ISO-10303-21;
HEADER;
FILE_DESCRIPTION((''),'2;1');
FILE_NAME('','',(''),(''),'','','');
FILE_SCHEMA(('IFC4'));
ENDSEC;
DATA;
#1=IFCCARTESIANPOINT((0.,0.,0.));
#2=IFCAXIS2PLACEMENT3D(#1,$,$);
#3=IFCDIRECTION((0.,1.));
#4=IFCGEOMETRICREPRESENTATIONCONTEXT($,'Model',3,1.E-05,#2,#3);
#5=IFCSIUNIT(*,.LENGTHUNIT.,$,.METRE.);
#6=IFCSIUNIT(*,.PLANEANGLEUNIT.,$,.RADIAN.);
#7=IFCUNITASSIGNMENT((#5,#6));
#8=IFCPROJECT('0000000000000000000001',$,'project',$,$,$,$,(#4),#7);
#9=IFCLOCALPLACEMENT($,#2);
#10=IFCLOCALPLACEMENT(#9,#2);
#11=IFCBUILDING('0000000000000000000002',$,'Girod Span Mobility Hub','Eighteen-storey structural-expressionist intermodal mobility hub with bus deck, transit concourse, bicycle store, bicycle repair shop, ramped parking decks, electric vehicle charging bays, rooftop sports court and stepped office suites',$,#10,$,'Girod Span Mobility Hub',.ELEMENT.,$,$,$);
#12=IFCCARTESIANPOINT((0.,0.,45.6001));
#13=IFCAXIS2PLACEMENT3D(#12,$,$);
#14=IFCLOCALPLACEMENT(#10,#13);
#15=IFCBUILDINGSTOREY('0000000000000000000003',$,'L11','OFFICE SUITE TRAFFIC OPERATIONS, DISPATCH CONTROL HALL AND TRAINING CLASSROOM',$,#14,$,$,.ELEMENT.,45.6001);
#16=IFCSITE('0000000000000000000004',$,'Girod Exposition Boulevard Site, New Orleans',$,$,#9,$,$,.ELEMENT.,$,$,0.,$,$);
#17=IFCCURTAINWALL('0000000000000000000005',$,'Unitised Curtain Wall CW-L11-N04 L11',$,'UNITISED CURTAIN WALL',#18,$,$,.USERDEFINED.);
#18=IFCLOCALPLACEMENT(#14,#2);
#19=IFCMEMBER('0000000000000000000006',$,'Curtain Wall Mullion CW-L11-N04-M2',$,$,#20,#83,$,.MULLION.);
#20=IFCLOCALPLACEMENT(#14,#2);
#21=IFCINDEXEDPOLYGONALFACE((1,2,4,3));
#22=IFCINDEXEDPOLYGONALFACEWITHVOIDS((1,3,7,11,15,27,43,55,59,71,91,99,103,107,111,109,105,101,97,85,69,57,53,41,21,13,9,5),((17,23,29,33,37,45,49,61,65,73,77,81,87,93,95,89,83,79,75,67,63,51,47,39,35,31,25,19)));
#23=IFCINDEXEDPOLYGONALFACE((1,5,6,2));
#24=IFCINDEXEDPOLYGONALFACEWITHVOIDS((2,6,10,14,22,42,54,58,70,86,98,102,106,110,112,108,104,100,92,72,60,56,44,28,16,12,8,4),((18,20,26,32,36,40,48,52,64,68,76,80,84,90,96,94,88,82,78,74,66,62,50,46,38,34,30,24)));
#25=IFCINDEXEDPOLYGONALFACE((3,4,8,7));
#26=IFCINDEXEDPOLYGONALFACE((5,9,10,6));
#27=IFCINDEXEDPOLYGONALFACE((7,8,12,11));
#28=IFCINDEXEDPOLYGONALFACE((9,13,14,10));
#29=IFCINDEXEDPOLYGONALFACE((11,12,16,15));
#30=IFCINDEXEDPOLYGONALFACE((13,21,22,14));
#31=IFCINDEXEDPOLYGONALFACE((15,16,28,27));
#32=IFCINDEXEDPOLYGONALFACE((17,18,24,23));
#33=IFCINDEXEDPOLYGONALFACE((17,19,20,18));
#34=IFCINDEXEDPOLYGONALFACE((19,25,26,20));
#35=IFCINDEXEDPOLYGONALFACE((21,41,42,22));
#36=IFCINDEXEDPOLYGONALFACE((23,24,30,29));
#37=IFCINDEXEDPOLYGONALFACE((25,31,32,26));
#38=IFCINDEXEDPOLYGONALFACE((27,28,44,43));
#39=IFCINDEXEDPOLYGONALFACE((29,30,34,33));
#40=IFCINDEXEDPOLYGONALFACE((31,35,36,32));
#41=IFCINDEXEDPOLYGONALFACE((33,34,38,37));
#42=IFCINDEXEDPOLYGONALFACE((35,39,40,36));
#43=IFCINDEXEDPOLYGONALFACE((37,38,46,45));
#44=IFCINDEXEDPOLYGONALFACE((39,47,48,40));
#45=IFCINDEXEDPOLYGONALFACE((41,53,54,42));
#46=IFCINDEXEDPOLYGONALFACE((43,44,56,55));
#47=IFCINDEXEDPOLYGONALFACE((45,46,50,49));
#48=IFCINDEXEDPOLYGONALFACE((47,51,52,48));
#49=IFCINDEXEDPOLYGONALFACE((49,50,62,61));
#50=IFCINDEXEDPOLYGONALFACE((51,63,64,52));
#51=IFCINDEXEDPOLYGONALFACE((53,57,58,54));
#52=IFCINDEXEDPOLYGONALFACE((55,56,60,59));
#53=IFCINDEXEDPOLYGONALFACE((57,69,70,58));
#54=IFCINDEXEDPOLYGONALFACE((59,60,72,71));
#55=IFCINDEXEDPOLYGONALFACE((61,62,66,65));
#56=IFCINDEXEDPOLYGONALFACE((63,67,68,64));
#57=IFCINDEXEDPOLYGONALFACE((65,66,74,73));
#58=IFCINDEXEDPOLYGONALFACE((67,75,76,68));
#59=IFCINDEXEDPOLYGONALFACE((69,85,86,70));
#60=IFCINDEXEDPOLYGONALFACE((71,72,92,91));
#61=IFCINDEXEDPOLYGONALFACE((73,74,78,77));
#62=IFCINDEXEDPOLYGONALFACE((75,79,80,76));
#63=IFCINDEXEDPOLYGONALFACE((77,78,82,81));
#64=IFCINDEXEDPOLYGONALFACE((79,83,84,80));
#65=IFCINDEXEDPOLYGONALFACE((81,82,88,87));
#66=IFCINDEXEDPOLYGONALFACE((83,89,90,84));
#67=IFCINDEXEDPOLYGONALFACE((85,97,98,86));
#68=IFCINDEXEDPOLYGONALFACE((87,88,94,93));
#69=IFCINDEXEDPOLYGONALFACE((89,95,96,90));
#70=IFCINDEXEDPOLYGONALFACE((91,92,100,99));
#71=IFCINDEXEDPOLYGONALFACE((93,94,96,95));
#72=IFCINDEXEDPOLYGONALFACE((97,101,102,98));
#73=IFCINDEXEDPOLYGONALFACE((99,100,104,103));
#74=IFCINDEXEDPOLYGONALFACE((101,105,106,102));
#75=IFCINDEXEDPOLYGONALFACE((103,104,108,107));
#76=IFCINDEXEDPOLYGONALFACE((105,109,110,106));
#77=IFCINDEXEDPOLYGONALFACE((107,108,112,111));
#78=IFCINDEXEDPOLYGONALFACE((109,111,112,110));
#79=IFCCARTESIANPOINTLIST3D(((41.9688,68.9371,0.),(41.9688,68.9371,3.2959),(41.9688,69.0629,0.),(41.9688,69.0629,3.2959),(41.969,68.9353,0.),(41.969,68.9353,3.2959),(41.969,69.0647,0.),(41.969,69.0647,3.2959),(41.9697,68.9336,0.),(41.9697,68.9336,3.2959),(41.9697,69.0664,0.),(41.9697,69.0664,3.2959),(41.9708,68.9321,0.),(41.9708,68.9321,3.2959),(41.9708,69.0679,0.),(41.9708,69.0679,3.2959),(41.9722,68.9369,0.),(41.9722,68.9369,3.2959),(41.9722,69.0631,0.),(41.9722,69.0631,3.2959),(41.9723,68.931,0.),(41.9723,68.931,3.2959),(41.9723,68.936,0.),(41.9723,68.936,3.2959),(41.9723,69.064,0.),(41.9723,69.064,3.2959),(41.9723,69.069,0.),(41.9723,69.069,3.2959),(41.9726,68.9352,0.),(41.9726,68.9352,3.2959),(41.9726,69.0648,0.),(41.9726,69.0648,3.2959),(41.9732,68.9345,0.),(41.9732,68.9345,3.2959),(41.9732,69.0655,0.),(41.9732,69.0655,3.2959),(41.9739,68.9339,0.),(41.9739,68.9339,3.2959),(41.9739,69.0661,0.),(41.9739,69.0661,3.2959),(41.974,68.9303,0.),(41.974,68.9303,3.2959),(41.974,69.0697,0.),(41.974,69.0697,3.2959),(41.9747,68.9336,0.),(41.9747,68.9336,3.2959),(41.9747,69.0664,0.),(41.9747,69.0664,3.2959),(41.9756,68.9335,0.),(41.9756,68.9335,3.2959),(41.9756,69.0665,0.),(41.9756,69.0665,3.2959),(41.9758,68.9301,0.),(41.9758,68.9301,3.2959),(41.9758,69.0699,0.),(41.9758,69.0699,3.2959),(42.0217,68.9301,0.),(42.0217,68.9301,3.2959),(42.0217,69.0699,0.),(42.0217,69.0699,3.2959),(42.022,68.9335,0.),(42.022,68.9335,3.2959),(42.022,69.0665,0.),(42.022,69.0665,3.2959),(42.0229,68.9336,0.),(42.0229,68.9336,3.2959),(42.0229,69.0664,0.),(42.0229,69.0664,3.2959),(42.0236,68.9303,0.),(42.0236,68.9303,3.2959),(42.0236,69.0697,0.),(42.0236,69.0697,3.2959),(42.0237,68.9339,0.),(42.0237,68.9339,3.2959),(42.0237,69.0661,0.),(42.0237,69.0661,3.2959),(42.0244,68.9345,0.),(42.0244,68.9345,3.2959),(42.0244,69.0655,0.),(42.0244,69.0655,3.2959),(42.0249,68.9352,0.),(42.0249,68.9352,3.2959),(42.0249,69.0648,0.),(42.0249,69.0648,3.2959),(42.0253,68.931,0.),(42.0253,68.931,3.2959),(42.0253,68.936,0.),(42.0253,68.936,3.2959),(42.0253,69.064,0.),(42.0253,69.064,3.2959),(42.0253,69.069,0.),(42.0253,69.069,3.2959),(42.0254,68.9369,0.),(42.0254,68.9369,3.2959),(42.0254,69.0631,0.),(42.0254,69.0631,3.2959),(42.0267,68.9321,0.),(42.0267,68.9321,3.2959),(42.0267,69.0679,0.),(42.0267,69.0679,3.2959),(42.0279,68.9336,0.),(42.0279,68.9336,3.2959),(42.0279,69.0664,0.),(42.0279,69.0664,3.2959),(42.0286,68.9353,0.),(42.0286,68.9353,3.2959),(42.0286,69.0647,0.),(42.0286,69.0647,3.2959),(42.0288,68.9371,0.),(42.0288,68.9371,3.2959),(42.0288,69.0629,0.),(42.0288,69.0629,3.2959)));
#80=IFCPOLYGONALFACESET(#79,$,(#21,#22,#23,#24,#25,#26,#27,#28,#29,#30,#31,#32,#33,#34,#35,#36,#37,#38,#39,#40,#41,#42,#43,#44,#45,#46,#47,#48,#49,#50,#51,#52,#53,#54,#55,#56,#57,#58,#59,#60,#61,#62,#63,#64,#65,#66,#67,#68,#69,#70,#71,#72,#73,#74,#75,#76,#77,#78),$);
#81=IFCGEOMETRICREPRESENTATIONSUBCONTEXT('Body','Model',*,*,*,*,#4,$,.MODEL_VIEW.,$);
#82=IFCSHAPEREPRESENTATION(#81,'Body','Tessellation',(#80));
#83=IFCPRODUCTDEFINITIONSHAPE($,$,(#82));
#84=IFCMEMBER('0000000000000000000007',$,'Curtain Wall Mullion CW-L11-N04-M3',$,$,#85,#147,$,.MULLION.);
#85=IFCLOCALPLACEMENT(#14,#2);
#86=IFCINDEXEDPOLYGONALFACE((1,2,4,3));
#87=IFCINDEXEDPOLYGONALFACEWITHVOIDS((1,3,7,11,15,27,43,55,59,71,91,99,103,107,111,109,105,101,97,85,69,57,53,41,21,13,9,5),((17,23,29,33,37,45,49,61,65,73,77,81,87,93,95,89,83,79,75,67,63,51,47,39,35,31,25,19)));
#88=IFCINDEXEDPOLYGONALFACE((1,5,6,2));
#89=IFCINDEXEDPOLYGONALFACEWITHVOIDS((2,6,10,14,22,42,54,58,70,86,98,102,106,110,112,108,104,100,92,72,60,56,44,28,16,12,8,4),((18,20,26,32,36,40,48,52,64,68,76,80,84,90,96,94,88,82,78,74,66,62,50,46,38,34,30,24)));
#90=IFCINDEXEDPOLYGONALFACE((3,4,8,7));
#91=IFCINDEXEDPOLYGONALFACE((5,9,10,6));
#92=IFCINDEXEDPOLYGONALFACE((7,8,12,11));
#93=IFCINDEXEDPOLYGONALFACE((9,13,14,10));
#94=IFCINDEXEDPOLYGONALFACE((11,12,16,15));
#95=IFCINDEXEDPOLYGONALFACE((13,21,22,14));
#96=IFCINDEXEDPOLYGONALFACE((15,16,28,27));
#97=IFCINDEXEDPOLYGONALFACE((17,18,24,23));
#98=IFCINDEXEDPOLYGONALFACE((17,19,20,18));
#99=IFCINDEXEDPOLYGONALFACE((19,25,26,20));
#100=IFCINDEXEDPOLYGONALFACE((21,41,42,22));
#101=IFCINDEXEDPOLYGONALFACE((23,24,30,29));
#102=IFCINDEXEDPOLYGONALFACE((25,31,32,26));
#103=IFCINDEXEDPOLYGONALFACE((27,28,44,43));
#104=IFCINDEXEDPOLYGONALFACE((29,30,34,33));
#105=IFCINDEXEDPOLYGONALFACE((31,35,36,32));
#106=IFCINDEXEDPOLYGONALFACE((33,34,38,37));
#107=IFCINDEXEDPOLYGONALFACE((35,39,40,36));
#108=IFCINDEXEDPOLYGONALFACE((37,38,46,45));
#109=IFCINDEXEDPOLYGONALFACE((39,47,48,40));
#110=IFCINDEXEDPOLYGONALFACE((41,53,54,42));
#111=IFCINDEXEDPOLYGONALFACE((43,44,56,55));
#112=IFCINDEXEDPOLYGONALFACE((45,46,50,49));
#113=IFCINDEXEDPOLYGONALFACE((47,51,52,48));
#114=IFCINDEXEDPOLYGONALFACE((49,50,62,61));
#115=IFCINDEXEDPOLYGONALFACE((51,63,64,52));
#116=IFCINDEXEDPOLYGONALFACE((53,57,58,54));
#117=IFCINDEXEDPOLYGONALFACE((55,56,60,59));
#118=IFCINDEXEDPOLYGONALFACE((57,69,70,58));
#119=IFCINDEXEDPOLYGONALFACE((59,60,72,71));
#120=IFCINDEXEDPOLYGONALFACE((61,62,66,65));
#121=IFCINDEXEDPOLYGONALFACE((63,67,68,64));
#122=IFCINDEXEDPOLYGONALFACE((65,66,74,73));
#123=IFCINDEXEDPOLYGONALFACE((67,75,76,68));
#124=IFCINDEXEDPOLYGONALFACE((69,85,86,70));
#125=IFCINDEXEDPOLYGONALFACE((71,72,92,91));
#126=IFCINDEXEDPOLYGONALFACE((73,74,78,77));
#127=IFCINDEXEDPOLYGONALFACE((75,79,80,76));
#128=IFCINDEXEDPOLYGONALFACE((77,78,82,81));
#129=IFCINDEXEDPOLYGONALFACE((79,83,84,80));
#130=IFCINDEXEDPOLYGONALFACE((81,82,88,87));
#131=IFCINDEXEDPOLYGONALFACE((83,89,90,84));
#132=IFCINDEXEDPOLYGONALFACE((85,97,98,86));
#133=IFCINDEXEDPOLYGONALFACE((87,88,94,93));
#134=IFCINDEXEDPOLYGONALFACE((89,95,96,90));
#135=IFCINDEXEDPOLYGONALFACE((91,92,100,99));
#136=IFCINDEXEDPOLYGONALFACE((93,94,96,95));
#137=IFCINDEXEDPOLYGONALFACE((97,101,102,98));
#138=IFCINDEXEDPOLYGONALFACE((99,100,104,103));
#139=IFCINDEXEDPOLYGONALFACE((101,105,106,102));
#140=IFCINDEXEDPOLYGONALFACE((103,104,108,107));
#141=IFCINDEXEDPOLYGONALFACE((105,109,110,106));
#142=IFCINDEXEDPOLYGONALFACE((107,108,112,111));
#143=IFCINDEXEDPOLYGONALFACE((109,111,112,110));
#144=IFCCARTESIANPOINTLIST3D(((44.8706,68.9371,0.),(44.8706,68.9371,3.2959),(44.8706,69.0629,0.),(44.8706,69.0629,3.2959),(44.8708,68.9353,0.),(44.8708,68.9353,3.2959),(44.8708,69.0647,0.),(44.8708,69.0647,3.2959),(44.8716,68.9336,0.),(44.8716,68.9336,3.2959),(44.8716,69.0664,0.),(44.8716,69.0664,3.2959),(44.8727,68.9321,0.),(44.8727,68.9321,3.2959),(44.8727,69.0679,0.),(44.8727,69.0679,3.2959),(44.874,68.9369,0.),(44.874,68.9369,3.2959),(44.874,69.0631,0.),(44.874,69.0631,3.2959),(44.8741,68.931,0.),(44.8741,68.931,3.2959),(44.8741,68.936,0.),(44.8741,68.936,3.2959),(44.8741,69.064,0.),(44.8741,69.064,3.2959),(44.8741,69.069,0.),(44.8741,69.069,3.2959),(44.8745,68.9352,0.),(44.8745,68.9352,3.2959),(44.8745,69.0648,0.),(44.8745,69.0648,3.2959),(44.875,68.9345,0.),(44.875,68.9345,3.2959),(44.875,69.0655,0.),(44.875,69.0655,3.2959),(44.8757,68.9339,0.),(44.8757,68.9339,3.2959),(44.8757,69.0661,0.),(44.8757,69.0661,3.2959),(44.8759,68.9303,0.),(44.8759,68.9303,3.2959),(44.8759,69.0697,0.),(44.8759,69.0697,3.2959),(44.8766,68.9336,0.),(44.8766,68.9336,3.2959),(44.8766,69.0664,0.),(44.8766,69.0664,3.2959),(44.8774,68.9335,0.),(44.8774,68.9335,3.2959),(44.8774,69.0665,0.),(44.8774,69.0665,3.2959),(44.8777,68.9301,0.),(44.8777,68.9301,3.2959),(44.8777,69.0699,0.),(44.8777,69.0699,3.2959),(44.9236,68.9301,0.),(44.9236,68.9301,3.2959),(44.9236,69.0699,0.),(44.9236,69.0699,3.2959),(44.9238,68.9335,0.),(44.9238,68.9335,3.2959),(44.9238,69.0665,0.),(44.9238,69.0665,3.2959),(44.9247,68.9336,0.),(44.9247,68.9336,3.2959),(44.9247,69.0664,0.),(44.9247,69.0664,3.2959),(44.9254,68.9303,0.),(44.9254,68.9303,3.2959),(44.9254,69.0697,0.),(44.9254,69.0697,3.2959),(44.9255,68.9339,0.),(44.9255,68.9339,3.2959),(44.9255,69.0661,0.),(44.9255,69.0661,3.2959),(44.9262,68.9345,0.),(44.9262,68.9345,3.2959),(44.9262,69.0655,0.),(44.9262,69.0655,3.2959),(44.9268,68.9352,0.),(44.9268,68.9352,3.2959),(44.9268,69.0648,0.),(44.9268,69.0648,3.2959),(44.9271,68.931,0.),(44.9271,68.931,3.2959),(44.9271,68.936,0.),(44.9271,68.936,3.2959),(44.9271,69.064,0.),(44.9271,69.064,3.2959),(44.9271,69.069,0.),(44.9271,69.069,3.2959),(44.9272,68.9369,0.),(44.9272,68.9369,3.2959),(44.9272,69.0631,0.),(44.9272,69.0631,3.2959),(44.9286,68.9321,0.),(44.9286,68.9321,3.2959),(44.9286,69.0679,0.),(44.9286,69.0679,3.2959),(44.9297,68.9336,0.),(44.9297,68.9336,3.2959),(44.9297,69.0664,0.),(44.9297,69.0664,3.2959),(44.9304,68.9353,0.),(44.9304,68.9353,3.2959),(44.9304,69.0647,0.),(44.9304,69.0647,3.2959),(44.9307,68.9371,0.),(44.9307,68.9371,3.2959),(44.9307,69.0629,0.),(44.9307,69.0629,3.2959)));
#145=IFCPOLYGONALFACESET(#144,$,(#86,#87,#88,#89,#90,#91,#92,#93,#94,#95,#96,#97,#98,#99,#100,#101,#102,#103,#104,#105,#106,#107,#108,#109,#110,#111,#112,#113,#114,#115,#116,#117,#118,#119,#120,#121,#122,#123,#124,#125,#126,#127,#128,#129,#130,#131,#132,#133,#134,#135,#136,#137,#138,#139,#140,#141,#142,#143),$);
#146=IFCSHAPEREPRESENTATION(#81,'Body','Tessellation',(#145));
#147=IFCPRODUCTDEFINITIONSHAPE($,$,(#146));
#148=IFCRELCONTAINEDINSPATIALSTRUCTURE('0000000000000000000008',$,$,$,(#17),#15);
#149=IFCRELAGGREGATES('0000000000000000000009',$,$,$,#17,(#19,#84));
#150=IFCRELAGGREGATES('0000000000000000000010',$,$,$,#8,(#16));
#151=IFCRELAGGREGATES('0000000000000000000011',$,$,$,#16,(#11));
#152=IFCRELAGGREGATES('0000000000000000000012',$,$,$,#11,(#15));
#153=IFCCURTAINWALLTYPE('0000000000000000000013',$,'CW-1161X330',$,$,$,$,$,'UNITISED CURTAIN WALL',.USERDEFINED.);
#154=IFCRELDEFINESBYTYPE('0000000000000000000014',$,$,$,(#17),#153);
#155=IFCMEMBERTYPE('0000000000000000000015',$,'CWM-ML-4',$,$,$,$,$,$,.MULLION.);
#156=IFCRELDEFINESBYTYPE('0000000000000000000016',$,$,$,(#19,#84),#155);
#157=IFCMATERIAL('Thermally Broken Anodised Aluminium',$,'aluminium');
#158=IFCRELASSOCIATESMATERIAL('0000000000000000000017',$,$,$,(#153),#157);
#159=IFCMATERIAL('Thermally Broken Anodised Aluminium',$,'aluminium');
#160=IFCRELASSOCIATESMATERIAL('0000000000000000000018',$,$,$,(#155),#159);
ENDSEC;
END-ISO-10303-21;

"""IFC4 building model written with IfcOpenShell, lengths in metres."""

from ifc_helpers import new_model, si_unit, direction, frame, origin, origin_2d, place, context, subcontext, project, spatial, hollow_rectangle, extrude, material, material_profile, profile_set, type_object, element, aggregate, save


model = new_model("IFC4")

# Units and contexts
model_context = context("Model", 3, precision=1e-05, world=origin(), true_north=direction((0.0, 1.0)))
body_context = subcontext(model_context, "Body", "Model", "MODEL_VIEW")
ifc_project = project(units=[si_unit("LENGTHUNIT", "METRE"), si_unit("PLANEANGLEUNIT", "RADIAN")], contexts=[model_context])

# Site, building, storey
site_placement = place(None, origin())
site = spatial("IfcSite", under=ifc_project, at=site_placement, Name="Girod Exposition Boulevard Site, New Orleans", CompositionType="ELEMENT", RefElevation=0.0)
building_placement = place(site_placement, origin())
building = spatial("IfcBuilding", under=site, at=building_placement, Name="Girod Span Mobility Hub", Description="Eighteen-storey structural-expressionist intermodal mobility hub with bus deck, transit concourse, bicycle store, bicycle repair shop, ramped parking decks, electric vehicle charging bays, rooftop sports court and stepped office suites", LongName="Girod Span Mobility Hub", CompositionType="ELEMENT")
storey_placement = place(building_placement, frame((0.0, 0.0, 45.6001)))
storey = spatial("IfcBuildingStorey", under=building, at=storey_placement, Name="L11", Description="OFFICE SUITE TRAFFIC OPERATIONS, DISPATCH CONTROL HALL AND TRAINING CLASSROOM", CompositionType="ELEMENT", Elevation=45.6001)

# Curtain wall, members
ifc_material_1 = material(Name="Thermally Broken Anodised Aluminium", Category="aluminium")
curtain_wall_type = type_object("IfcCurtainWallType", Name="CW-1161X330", ElementType="UNITISED CURTAIN WALL", PredefinedType="USERDEFINED", material=ifc_material_1)
curtain_wall_placement = place(storey_placement, origin())
curtain_wall = element("IfcCurtainWall", 1, at=curtain_wall_placement, inside=storey, type_object=curtain_wall_type, Name="Unitised Curtain Wall CW-L11-N04 L11", ObjectType="UNITISED CURTAIN WALL", PredefinedType="USERDEFINED")
ifc_material_2 = material(Name="Thermally Broken Anodised Aluminium", Category="aluminium")
ifc_material_profile_1 = material_profile(ifc_material_2, hollow_rectangle(XDim=0.1399, YDim=0.0601, WallThickness=0.0034, InnerFilletRadius=0.0034, OuterFilletRadius=0.0071, at=origin_2d()), Name="CW-ML-60X140")
ifc_profile_set_1 = profile_set([ifc_material_profile_1], Name="Thermally Broken Anodised Aluminium")
member_type_1 = type_object("IfcMemberType", Name="CWM-ML-4", PredefinedType="MULLION", material=ifc_profile_set_1)
member_1_placement = place(storey_placement, frame((41.9988, 69.0, 0.0), z_axis=(0.0, 0.0, 1.0), x_axis=(0.0, 1.0, 0.0)))
member_1 = element("IfcMember", 2, at=member_1_placement, type_object=member_type_1, Name="Curtain Wall Mullion CW-L11-N04-M2", PredefinedType="MULLION", context=body_context, shape_type="SweptSolid", body=[
    extrude(hollow_rectangle(XDim=0.1399, YDim=0.0601, WallThickness=0.0034, InnerFilletRadius=0.0034, OuterFilletRadius=0.0071, at=origin_2d()), origin(), (0.0, 0.0, 1.0), 3.2959),
])
member_2_placement = place(storey_placement, frame((44.9006, 69.0, 0.0), z_axis=(0.0, 0.0, 1.0), x_axis=(0.0, 1.0, 0.0)))
member_2 = element("IfcMember", 3, at=member_2_placement, type_object=member_type_1, Name="Curtain Wall Mullion CW-L11-N04-M3", PredefinedType="MULLION", context=body_context, shape_type="SweptSolid", body=[
    extrude(hollow_rectangle(XDim=0.1399, YDim=0.0601, WallThickness=0.0034, InnerFilletRadius=0.0034, OuterFilletRadius=0.0071, at=origin_2d()), origin(), (0.0, 0.0, 1.0), 3.2959),
])

aggregate(curtain_wall, [member_1, member_2])

save(model, "model.ifc")
